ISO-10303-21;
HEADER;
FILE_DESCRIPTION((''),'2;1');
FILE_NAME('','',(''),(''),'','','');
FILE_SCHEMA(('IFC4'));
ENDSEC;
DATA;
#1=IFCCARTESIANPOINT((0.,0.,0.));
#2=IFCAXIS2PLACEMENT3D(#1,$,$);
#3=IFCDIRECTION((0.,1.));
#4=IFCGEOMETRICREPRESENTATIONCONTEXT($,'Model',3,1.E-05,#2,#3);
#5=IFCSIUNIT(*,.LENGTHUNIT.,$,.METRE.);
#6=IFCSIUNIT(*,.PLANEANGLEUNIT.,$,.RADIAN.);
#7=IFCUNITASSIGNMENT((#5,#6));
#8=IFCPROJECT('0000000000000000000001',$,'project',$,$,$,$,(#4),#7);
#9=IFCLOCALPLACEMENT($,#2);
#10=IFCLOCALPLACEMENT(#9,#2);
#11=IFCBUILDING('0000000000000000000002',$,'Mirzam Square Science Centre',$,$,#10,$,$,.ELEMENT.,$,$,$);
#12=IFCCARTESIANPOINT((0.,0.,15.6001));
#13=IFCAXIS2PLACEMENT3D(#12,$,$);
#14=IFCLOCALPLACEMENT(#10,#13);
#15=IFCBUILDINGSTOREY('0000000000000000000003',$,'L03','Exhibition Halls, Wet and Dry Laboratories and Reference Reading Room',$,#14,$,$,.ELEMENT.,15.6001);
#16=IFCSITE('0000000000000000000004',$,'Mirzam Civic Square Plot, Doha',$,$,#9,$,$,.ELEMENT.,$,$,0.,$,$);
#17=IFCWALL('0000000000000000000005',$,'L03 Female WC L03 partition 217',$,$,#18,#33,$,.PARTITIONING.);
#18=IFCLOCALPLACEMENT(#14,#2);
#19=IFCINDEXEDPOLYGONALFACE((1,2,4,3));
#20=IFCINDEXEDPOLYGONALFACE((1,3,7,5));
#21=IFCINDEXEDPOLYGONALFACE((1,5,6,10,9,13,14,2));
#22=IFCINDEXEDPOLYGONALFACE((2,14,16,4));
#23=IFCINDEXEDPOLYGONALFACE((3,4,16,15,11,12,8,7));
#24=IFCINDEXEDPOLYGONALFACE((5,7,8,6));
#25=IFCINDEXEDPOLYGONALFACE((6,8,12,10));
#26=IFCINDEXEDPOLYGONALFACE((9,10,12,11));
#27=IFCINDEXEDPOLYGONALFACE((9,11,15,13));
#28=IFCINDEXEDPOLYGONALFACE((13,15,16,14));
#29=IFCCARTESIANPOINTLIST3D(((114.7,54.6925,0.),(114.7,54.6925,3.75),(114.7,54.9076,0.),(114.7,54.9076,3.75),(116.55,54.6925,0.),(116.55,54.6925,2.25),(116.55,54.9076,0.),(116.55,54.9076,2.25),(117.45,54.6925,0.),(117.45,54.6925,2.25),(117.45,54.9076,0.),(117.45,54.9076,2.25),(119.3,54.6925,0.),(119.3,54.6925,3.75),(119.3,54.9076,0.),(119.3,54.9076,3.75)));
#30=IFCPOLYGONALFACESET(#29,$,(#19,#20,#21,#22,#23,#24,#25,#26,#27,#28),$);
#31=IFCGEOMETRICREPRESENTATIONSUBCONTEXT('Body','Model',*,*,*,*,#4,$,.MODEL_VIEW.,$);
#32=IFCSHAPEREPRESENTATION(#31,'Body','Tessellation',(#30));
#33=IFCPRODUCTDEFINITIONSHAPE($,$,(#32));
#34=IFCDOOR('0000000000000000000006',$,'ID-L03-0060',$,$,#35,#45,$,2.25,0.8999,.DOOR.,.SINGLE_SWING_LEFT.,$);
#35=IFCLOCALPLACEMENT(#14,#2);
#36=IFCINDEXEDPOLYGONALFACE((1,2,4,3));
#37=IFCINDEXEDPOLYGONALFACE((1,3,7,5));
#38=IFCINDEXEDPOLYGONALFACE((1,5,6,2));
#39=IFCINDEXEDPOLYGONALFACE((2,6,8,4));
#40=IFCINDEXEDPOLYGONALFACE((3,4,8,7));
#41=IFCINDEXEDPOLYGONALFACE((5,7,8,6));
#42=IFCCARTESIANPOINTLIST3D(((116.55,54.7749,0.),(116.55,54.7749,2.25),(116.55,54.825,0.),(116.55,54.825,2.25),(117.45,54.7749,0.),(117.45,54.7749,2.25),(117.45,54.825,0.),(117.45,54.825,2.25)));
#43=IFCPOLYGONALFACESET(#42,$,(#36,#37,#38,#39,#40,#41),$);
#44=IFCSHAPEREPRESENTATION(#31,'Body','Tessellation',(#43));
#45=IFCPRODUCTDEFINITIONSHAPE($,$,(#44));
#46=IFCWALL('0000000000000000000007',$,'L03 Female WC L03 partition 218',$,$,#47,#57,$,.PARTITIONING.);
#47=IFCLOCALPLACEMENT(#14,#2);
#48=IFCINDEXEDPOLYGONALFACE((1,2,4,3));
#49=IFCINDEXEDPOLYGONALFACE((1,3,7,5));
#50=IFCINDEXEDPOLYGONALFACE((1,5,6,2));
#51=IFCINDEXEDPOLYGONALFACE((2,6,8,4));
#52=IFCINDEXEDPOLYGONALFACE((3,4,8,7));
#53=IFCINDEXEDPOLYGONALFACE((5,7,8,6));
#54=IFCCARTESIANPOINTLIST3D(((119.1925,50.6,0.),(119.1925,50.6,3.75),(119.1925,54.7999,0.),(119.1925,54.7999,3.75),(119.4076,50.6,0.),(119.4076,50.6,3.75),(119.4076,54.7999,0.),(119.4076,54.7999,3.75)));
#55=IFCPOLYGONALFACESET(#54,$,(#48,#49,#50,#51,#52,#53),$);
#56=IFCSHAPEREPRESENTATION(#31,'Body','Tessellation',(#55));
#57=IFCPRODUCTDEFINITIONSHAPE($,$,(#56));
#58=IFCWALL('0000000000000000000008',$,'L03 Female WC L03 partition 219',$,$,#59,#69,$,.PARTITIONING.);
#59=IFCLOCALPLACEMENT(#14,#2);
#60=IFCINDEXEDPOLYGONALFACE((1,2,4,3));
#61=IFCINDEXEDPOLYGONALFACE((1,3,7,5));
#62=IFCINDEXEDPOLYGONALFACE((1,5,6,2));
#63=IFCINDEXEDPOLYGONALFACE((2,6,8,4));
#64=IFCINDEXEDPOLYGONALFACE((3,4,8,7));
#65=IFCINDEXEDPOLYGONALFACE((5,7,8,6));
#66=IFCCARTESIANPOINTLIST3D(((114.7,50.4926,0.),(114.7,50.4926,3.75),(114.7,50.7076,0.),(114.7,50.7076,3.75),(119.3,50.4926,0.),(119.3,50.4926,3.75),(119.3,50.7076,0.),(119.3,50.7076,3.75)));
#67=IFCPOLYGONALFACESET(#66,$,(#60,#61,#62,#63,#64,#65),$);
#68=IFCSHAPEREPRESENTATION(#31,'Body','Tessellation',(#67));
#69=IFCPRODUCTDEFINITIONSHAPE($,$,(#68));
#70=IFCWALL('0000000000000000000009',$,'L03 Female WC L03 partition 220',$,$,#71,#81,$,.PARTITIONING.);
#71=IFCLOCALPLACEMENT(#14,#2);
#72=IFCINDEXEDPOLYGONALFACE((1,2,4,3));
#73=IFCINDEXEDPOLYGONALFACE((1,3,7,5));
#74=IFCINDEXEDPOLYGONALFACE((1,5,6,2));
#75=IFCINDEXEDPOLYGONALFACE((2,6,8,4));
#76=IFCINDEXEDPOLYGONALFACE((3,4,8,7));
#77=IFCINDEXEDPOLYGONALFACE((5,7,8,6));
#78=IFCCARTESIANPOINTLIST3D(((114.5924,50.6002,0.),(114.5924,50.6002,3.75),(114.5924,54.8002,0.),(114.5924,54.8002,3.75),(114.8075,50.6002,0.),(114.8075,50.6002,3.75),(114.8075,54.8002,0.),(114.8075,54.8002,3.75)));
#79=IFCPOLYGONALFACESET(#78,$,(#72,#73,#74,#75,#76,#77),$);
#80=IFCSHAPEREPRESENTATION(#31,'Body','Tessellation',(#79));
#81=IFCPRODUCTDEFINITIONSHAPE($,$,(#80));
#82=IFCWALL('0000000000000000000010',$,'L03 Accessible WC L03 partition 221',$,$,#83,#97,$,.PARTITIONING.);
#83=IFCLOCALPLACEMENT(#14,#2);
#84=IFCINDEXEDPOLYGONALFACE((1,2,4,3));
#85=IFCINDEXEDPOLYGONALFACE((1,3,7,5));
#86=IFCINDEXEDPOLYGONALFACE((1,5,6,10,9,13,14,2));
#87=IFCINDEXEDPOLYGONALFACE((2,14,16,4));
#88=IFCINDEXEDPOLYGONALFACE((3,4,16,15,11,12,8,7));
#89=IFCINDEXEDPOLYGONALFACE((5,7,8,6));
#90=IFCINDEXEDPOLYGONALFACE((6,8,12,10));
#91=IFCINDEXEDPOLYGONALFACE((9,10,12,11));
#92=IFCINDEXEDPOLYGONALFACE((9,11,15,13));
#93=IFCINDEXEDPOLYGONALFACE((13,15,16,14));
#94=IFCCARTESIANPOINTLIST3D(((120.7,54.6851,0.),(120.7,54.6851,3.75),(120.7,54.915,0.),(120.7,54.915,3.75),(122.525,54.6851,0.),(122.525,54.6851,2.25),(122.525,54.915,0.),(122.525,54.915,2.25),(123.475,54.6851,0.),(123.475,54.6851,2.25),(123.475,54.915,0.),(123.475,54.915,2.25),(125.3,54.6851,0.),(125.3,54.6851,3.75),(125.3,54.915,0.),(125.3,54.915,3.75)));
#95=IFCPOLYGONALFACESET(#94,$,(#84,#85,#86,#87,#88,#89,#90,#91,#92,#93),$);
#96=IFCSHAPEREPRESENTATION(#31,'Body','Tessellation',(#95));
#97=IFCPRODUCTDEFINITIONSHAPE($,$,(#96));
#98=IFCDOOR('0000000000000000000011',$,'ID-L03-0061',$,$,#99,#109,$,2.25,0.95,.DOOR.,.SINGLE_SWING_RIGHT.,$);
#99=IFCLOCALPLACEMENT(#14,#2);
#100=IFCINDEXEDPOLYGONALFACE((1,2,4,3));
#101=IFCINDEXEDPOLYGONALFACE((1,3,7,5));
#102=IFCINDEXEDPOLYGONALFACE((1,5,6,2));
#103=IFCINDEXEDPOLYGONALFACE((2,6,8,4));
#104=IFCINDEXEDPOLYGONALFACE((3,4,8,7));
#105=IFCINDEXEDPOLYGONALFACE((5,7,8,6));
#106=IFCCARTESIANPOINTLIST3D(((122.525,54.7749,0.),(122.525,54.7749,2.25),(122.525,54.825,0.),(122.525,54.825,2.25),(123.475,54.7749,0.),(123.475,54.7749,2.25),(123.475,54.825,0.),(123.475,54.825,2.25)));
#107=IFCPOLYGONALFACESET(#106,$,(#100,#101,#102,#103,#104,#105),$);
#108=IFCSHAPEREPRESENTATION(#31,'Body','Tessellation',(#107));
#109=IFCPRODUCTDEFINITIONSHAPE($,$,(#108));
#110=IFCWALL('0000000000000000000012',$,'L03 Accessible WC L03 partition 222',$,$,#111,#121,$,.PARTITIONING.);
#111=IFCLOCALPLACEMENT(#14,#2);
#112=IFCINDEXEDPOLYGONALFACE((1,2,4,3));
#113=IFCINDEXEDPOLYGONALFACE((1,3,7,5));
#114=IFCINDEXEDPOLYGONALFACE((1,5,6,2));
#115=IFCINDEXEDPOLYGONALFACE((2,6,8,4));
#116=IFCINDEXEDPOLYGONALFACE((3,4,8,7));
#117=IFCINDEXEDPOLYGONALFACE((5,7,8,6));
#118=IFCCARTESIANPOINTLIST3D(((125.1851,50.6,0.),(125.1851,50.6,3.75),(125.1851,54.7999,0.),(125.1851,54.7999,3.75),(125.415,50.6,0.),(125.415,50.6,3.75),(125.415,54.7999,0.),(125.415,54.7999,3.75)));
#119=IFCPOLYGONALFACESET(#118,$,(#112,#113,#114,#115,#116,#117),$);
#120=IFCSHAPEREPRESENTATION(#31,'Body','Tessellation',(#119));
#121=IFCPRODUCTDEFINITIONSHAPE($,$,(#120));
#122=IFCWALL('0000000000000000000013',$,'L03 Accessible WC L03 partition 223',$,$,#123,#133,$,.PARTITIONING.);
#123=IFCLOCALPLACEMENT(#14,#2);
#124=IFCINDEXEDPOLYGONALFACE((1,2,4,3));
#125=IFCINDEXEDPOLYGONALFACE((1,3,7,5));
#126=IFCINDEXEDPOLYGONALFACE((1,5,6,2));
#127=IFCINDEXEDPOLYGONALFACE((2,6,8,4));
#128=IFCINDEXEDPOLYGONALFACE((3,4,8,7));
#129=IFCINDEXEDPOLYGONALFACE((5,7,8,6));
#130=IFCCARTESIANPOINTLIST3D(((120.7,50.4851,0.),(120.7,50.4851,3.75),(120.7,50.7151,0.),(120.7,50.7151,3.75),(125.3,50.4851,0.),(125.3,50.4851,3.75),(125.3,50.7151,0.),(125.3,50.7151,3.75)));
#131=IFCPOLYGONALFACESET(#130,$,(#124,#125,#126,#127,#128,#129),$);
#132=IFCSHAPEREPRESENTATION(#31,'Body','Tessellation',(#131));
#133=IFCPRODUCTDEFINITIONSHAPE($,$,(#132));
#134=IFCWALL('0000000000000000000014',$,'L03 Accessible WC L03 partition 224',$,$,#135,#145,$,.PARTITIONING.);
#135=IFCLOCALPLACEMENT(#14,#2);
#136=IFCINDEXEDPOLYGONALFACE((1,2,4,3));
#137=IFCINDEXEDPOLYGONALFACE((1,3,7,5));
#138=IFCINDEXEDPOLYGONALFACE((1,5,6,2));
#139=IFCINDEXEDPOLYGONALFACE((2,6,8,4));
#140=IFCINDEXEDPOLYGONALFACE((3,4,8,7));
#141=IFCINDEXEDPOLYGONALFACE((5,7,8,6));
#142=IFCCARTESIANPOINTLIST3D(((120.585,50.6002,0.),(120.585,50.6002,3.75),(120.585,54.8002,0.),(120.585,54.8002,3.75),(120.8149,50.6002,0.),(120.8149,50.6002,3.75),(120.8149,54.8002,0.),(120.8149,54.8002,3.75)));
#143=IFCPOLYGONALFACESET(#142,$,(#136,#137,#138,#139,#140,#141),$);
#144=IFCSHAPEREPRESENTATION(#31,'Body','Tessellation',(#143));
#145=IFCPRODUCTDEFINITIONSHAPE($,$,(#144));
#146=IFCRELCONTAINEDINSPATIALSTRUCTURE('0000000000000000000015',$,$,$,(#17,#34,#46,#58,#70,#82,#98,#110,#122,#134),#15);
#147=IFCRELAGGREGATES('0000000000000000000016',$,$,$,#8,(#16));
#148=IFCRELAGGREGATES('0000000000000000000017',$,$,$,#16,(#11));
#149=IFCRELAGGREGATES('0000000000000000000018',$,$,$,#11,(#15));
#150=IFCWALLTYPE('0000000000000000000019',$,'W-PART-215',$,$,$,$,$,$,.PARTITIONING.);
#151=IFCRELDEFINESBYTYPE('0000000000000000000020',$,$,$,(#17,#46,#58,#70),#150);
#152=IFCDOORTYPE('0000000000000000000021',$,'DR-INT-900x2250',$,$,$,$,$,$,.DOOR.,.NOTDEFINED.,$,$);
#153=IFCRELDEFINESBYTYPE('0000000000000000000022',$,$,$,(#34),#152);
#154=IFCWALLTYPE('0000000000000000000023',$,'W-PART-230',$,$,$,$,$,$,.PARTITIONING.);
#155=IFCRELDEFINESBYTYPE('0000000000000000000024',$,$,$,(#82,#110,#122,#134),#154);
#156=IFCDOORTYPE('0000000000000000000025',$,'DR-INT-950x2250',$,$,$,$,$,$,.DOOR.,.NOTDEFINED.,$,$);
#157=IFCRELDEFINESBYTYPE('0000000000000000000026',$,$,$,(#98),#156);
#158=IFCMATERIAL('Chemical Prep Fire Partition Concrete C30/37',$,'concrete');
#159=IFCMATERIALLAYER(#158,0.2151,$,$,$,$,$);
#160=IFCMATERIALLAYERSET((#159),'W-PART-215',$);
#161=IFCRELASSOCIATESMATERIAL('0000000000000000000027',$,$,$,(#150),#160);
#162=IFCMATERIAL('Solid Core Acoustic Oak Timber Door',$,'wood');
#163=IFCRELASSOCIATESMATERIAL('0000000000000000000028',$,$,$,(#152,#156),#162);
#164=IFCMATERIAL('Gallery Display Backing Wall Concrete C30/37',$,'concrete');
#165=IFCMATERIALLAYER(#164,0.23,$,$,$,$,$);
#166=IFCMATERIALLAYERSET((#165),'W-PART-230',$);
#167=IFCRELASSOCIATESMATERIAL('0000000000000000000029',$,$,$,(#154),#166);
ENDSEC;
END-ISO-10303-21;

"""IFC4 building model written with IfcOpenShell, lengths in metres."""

from ifc_helpers import new_model, si_unit, direction, frame, frame_2d, origin, place, context, subcontext, project, spatial, rectangle, extrude, material, layer, layer_set, type_object, element, fill, save


model = new_model("IFC4")

# Units and contexts
model_context = context("Model", 3, precision=1e-05, world=origin(), true_north=direction((0.0, 1.0)))
body_context = subcontext(model_context, "Body", "Model", "MODEL_VIEW")
ifc_project = project(units=[si_unit("LENGTHUNIT", "METRE"), si_unit("PLANEANGLEUNIT", "RADIAN")], contexts=[model_context])

# Site, building, storey
site_placement = place(None, origin())
site = spatial("IfcSite", under=ifc_project, at=site_placement, Name="Mirzam Civic Square Plot, Doha", CompositionType="ELEMENT", RefElevation=0.0)
building_placement = place(site_placement, origin())
building = spatial("IfcBuilding", under=site, at=building_placement, Name="Mirzam Square Science Centre", CompositionType="ELEMENT")
storey_placement = place(building_placement, frame((0.0, 0.0, 15.6001)))
storey = spatial("IfcBuildingStorey", under=building, at=storey_placement, Name="L03", Description="Exhibition Halls, Wet and Dry Laboratories and Reference Reading Room", CompositionType="ELEMENT", Elevation=15.6001)

# Wall, opening, door
ifc_material_1 = material(Name="Solid Core Acoustic Oak Timber Door", Category="wood")
ifc_material_2 = material(Name="Chemical Prep Fire Partition Concrete C30/37", Category="concrete")
ifc_layer_1 = layer(ifc_material_2, 0.2151)
ifc_layer_set_1 = layer_set([ifc_layer_1], Name="W-PART-215")
wall_type_1 = type_object("IfcWallType", Name="W-PART-215", PredefinedType="PARTITIONING", material=ifc_layer_set_1)
wall_1_placement = place(storey_placement, frame((114.7, 54.8, 0.0), z_axis=(0.0, 0.0, 1.0), x_axis=(1.0, 0.0, 0.0)))
wall_1 = element("IfcWall", 1, at=wall_1_placement, inside=storey, type_object=wall_type_1, Name="L03 Female WC L03 partition 217", PredefinedType="PARTITIONING", context=body_context, shape_type="SweptSolid", body=[
    extrude(rectangle(XDim=4.6001, YDim=0.2151, at=frame_2d((2.3, 0.0))), origin(), (0.0, 0.0, 1.0), 3.75),
])
opening_1_placement = place(wall_1_placement, frame((1.8501, 0.0, 0.0)))
opening_1 = element("IfcOpeningElement", 2, at=opening_1_placement, cuts=wall_1, PredefinedType="OPENING", context=body_context, shape_type="SweptSolid", body=[
    extrude(rectangle(XDim=0.8999, YDim=2.25, at=frame_2d((0.45, 1.125))), frame((0.0, 0.1174, 0.0), z_axis=(0.0, -1.0, 0.0), x_axis=(1.0, 0.0, 0.0)), (0.0, 0.0, 1.0), 0.2351),
])
door_type_1 = type_object("IfcDoorType", Name="DR-INT-900x2250", OperationType="NOTDEFINED", PredefinedType="DOOR", material=ifc_material_1)
door_1_placement = place(opening_1_placement, origin())
door_1 = element("IfcDoor", 3, at=door_1_placement, inside=storey, type_object=door_type_1, Name="ID-L03-0060", OperationType="SINGLE_SWING_LEFT", OverallHeight=2.25, OverallWidth=0.8999, PredefinedType="DOOR", context=body_context, shape_type="SweptSolid", body=[
    extrude(rectangle(XDim=0.8999, YDim=2.25, at=frame_2d((0.45, 1.125))), frame((0.0, 0.0249, 0.0), z_axis=(0.0, -1.0, 0.0), x_axis=(1.0, 0.0, 0.0)), (0.0, 0.0, 1.0), 0.05),
])
fill(opening_1, door_1)

# Walls
wall_2_placement = place(storey_placement, frame((119.3, 54.8, 0.0), z_axis=(0.0, 0.0, 1.0), x_axis=(0.0, -1.0, 0.0)))
element("IfcWall", 4, at=wall_2_placement, inside=storey, type_object=wall_type_1, Name="L03 Female WC L03 partition 218", PredefinedType="PARTITIONING", context=body_context, shape_type="SweptSolid", body=[
    extrude(rectangle(XDim=4.2, YDim=0.2151, at=frame_2d((2.1001, 0.0))), origin(), (0.0, 0.0, 1.0), 3.75),
])
wall_3_placement = place(storey_placement, frame((119.3, 50.6001, 0.0), z_axis=(0.0, 0.0, 1.0), x_axis=(-1.0, 0.0, 0.0)))
element("IfcWall", 5, at=wall_3_placement, inside=storey, type_object=wall_type_1, Name="L03 Female WC L03 partition 219", PredefinedType="PARTITIONING", context=body_context, shape_type="SweptSolid", body=[
    extrude(rectangle(XDim=4.6001, YDim=0.2151, at=frame_2d((2.3, 0.0))), origin(), (0.0, 0.0, 1.0), 3.75),
])
wall_4_placement = place(storey_placement, frame((114.7, 50.6001, 0.0), z_axis=(0.0, 0.0, 1.0), x_axis=(0.0, 1.0, 0.0)))
element("IfcWall", 6, at=wall_4_placement, inside=storey, type_object=wall_type_1, Name="L03 Female WC L03 partition 220", PredefinedType="PARTITIONING", context=body_context, shape_type="SweptSolid", body=[
    extrude(rectangle(XDim=4.2, YDim=0.2151, at=frame_2d((2.1001, 0.0))), origin(), (0.0, 0.0, 1.0), 3.75),
])

# Wall, opening, door
ifc_material_3 = material(Name="Gallery Display Backing Wall Concrete C30/37", Category="concrete")
ifc_layer_2 = layer(ifc_material_3, 0.23)
ifc_layer_set_2 = layer_set([ifc_layer_2], Name="W-PART-230")
wall_type_2 = type_object("IfcWallType", Name="W-PART-230", PredefinedType="PARTITIONING", material=ifc_layer_set_2)
wall_5_placement = place(storey_placement, frame((120.7, 54.8, 0.0), z_axis=(0.0, 0.0, 1.0), x_axis=(1.0, 0.0, 0.0)))
wall_5 = element("IfcWall", 7, at=wall_5_placement, inside=storey, type_object=wall_type_2, Name="L03 Accessible WC L03 partition 221", PredefinedType="PARTITIONING", context=body_context, shape_type="SweptSolid", body=[
    extrude(rectangle(XDim=4.6001, YDim=0.23, at=frame_2d((2.3, 0.0))), origin(), (0.0, 0.0, 1.0), 3.75),
])
opening_2_placement = place(wall_5_placement, frame((1.825, 0.0, 0.0)))
opening_2 = element("IfcOpeningElement", 8, at=opening_2_placement, cuts=wall_5, PredefinedType="OPENING", context=body_context, shape_type="SweptSolid", body=[
    extrude(rectangle(XDim=0.95, YDim=2.25, at=frame_2d((0.4751, 1.125))), frame((0.0, 0.125, 0.0), z_axis=(0.0, -1.0, 0.0), x_axis=(1.0, 0.0, 0.0)), (0.0, 0.0, 1.0), 0.25),
])
door_type_2 = type_object("IfcDoorType", Name="DR-INT-950x2250", OperationType="NOTDEFINED", PredefinedType="DOOR", material=ifc_material_1)
door_2_placement = place(opening_2_placement, origin())
door_2 = element("IfcDoor", 9, at=door_2_placement, inside=storey, type_object=door_type_2, Name="ID-L03-0061", OperationType="SINGLE_SWING_RIGHT", OverallHeight=2.25, OverallWidth=0.95, PredefinedType="DOOR", context=body_context, shape_type="SweptSolid", body=[
    extrude(rectangle(XDim=0.95, YDim=2.25, at=frame_2d((0.4751, 1.125))), frame((0.0, 0.0249, 0.0), z_axis=(0.0, -1.0, 0.0), x_axis=(1.0, 0.0, 0.0)), (0.0, 0.0, 1.0), 0.05),
])
fill(opening_2, door_2)

# Walls
wall_6_placement = place(storey_placement, frame((125.3, 54.8, 0.0), z_axis=(0.0, 0.0, 1.0), x_axis=(0.0, -1.0, 0.0)))
element("IfcWall", 10, at=wall_6_placement, inside=storey, type_object=wall_type_2, Name="L03 Accessible WC L03 partition 222", PredefinedType="PARTITIONING", context=body_context, shape_type="SweptSolid", body=[
    extrude(rectangle(XDim=4.2, YDim=0.23, at=frame_2d((2.1001, 0.0))), origin(), (0.0, 0.0, 1.0), 3.75),
])
wall_7_placement = place(storey_placement, frame((125.3, 50.6001, 0.0), z_axis=(0.0, 0.0, 1.0), x_axis=(-1.0, 0.0, 0.0)))
element("IfcWall", 11, at=wall_7_placement, inside=storey, type_object=wall_type_2, Name="L03 Accessible WC L03 partition 223", PredefinedType="PARTITIONING", context=body_context, shape_type="SweptSolid", body=[
    extrude(rectangle(XDim=4.6001, YDim=0.23, at=frame_2d((2.3, 0.0))), origin(), (0.0, 0.0, 1.0), 3.75),
])
wall_8_placement = place(storey_placement, frame((120.7, 50.6001, 0.0), z_axis=(0.0, 0.0, 1.0), x_axis=(0.0, 1.0, 0.0)))
element("IfcWall", 12, at=wall_8_placement, inside=storey, type_object=wall_type_2, Name="L03 Accessible WC L03 partition 224", PredefinedType="PARTITIONING", context=body_context, shape_type="SweptSolid", body=[
    extrude(rectangle(XDim=4.2, YDim=0.23, at=frame_2d((2.1001, 0.0))), origin(), (0.0, 0.0, 1.0), 3.75),
])

save(model, "model.ifc")
